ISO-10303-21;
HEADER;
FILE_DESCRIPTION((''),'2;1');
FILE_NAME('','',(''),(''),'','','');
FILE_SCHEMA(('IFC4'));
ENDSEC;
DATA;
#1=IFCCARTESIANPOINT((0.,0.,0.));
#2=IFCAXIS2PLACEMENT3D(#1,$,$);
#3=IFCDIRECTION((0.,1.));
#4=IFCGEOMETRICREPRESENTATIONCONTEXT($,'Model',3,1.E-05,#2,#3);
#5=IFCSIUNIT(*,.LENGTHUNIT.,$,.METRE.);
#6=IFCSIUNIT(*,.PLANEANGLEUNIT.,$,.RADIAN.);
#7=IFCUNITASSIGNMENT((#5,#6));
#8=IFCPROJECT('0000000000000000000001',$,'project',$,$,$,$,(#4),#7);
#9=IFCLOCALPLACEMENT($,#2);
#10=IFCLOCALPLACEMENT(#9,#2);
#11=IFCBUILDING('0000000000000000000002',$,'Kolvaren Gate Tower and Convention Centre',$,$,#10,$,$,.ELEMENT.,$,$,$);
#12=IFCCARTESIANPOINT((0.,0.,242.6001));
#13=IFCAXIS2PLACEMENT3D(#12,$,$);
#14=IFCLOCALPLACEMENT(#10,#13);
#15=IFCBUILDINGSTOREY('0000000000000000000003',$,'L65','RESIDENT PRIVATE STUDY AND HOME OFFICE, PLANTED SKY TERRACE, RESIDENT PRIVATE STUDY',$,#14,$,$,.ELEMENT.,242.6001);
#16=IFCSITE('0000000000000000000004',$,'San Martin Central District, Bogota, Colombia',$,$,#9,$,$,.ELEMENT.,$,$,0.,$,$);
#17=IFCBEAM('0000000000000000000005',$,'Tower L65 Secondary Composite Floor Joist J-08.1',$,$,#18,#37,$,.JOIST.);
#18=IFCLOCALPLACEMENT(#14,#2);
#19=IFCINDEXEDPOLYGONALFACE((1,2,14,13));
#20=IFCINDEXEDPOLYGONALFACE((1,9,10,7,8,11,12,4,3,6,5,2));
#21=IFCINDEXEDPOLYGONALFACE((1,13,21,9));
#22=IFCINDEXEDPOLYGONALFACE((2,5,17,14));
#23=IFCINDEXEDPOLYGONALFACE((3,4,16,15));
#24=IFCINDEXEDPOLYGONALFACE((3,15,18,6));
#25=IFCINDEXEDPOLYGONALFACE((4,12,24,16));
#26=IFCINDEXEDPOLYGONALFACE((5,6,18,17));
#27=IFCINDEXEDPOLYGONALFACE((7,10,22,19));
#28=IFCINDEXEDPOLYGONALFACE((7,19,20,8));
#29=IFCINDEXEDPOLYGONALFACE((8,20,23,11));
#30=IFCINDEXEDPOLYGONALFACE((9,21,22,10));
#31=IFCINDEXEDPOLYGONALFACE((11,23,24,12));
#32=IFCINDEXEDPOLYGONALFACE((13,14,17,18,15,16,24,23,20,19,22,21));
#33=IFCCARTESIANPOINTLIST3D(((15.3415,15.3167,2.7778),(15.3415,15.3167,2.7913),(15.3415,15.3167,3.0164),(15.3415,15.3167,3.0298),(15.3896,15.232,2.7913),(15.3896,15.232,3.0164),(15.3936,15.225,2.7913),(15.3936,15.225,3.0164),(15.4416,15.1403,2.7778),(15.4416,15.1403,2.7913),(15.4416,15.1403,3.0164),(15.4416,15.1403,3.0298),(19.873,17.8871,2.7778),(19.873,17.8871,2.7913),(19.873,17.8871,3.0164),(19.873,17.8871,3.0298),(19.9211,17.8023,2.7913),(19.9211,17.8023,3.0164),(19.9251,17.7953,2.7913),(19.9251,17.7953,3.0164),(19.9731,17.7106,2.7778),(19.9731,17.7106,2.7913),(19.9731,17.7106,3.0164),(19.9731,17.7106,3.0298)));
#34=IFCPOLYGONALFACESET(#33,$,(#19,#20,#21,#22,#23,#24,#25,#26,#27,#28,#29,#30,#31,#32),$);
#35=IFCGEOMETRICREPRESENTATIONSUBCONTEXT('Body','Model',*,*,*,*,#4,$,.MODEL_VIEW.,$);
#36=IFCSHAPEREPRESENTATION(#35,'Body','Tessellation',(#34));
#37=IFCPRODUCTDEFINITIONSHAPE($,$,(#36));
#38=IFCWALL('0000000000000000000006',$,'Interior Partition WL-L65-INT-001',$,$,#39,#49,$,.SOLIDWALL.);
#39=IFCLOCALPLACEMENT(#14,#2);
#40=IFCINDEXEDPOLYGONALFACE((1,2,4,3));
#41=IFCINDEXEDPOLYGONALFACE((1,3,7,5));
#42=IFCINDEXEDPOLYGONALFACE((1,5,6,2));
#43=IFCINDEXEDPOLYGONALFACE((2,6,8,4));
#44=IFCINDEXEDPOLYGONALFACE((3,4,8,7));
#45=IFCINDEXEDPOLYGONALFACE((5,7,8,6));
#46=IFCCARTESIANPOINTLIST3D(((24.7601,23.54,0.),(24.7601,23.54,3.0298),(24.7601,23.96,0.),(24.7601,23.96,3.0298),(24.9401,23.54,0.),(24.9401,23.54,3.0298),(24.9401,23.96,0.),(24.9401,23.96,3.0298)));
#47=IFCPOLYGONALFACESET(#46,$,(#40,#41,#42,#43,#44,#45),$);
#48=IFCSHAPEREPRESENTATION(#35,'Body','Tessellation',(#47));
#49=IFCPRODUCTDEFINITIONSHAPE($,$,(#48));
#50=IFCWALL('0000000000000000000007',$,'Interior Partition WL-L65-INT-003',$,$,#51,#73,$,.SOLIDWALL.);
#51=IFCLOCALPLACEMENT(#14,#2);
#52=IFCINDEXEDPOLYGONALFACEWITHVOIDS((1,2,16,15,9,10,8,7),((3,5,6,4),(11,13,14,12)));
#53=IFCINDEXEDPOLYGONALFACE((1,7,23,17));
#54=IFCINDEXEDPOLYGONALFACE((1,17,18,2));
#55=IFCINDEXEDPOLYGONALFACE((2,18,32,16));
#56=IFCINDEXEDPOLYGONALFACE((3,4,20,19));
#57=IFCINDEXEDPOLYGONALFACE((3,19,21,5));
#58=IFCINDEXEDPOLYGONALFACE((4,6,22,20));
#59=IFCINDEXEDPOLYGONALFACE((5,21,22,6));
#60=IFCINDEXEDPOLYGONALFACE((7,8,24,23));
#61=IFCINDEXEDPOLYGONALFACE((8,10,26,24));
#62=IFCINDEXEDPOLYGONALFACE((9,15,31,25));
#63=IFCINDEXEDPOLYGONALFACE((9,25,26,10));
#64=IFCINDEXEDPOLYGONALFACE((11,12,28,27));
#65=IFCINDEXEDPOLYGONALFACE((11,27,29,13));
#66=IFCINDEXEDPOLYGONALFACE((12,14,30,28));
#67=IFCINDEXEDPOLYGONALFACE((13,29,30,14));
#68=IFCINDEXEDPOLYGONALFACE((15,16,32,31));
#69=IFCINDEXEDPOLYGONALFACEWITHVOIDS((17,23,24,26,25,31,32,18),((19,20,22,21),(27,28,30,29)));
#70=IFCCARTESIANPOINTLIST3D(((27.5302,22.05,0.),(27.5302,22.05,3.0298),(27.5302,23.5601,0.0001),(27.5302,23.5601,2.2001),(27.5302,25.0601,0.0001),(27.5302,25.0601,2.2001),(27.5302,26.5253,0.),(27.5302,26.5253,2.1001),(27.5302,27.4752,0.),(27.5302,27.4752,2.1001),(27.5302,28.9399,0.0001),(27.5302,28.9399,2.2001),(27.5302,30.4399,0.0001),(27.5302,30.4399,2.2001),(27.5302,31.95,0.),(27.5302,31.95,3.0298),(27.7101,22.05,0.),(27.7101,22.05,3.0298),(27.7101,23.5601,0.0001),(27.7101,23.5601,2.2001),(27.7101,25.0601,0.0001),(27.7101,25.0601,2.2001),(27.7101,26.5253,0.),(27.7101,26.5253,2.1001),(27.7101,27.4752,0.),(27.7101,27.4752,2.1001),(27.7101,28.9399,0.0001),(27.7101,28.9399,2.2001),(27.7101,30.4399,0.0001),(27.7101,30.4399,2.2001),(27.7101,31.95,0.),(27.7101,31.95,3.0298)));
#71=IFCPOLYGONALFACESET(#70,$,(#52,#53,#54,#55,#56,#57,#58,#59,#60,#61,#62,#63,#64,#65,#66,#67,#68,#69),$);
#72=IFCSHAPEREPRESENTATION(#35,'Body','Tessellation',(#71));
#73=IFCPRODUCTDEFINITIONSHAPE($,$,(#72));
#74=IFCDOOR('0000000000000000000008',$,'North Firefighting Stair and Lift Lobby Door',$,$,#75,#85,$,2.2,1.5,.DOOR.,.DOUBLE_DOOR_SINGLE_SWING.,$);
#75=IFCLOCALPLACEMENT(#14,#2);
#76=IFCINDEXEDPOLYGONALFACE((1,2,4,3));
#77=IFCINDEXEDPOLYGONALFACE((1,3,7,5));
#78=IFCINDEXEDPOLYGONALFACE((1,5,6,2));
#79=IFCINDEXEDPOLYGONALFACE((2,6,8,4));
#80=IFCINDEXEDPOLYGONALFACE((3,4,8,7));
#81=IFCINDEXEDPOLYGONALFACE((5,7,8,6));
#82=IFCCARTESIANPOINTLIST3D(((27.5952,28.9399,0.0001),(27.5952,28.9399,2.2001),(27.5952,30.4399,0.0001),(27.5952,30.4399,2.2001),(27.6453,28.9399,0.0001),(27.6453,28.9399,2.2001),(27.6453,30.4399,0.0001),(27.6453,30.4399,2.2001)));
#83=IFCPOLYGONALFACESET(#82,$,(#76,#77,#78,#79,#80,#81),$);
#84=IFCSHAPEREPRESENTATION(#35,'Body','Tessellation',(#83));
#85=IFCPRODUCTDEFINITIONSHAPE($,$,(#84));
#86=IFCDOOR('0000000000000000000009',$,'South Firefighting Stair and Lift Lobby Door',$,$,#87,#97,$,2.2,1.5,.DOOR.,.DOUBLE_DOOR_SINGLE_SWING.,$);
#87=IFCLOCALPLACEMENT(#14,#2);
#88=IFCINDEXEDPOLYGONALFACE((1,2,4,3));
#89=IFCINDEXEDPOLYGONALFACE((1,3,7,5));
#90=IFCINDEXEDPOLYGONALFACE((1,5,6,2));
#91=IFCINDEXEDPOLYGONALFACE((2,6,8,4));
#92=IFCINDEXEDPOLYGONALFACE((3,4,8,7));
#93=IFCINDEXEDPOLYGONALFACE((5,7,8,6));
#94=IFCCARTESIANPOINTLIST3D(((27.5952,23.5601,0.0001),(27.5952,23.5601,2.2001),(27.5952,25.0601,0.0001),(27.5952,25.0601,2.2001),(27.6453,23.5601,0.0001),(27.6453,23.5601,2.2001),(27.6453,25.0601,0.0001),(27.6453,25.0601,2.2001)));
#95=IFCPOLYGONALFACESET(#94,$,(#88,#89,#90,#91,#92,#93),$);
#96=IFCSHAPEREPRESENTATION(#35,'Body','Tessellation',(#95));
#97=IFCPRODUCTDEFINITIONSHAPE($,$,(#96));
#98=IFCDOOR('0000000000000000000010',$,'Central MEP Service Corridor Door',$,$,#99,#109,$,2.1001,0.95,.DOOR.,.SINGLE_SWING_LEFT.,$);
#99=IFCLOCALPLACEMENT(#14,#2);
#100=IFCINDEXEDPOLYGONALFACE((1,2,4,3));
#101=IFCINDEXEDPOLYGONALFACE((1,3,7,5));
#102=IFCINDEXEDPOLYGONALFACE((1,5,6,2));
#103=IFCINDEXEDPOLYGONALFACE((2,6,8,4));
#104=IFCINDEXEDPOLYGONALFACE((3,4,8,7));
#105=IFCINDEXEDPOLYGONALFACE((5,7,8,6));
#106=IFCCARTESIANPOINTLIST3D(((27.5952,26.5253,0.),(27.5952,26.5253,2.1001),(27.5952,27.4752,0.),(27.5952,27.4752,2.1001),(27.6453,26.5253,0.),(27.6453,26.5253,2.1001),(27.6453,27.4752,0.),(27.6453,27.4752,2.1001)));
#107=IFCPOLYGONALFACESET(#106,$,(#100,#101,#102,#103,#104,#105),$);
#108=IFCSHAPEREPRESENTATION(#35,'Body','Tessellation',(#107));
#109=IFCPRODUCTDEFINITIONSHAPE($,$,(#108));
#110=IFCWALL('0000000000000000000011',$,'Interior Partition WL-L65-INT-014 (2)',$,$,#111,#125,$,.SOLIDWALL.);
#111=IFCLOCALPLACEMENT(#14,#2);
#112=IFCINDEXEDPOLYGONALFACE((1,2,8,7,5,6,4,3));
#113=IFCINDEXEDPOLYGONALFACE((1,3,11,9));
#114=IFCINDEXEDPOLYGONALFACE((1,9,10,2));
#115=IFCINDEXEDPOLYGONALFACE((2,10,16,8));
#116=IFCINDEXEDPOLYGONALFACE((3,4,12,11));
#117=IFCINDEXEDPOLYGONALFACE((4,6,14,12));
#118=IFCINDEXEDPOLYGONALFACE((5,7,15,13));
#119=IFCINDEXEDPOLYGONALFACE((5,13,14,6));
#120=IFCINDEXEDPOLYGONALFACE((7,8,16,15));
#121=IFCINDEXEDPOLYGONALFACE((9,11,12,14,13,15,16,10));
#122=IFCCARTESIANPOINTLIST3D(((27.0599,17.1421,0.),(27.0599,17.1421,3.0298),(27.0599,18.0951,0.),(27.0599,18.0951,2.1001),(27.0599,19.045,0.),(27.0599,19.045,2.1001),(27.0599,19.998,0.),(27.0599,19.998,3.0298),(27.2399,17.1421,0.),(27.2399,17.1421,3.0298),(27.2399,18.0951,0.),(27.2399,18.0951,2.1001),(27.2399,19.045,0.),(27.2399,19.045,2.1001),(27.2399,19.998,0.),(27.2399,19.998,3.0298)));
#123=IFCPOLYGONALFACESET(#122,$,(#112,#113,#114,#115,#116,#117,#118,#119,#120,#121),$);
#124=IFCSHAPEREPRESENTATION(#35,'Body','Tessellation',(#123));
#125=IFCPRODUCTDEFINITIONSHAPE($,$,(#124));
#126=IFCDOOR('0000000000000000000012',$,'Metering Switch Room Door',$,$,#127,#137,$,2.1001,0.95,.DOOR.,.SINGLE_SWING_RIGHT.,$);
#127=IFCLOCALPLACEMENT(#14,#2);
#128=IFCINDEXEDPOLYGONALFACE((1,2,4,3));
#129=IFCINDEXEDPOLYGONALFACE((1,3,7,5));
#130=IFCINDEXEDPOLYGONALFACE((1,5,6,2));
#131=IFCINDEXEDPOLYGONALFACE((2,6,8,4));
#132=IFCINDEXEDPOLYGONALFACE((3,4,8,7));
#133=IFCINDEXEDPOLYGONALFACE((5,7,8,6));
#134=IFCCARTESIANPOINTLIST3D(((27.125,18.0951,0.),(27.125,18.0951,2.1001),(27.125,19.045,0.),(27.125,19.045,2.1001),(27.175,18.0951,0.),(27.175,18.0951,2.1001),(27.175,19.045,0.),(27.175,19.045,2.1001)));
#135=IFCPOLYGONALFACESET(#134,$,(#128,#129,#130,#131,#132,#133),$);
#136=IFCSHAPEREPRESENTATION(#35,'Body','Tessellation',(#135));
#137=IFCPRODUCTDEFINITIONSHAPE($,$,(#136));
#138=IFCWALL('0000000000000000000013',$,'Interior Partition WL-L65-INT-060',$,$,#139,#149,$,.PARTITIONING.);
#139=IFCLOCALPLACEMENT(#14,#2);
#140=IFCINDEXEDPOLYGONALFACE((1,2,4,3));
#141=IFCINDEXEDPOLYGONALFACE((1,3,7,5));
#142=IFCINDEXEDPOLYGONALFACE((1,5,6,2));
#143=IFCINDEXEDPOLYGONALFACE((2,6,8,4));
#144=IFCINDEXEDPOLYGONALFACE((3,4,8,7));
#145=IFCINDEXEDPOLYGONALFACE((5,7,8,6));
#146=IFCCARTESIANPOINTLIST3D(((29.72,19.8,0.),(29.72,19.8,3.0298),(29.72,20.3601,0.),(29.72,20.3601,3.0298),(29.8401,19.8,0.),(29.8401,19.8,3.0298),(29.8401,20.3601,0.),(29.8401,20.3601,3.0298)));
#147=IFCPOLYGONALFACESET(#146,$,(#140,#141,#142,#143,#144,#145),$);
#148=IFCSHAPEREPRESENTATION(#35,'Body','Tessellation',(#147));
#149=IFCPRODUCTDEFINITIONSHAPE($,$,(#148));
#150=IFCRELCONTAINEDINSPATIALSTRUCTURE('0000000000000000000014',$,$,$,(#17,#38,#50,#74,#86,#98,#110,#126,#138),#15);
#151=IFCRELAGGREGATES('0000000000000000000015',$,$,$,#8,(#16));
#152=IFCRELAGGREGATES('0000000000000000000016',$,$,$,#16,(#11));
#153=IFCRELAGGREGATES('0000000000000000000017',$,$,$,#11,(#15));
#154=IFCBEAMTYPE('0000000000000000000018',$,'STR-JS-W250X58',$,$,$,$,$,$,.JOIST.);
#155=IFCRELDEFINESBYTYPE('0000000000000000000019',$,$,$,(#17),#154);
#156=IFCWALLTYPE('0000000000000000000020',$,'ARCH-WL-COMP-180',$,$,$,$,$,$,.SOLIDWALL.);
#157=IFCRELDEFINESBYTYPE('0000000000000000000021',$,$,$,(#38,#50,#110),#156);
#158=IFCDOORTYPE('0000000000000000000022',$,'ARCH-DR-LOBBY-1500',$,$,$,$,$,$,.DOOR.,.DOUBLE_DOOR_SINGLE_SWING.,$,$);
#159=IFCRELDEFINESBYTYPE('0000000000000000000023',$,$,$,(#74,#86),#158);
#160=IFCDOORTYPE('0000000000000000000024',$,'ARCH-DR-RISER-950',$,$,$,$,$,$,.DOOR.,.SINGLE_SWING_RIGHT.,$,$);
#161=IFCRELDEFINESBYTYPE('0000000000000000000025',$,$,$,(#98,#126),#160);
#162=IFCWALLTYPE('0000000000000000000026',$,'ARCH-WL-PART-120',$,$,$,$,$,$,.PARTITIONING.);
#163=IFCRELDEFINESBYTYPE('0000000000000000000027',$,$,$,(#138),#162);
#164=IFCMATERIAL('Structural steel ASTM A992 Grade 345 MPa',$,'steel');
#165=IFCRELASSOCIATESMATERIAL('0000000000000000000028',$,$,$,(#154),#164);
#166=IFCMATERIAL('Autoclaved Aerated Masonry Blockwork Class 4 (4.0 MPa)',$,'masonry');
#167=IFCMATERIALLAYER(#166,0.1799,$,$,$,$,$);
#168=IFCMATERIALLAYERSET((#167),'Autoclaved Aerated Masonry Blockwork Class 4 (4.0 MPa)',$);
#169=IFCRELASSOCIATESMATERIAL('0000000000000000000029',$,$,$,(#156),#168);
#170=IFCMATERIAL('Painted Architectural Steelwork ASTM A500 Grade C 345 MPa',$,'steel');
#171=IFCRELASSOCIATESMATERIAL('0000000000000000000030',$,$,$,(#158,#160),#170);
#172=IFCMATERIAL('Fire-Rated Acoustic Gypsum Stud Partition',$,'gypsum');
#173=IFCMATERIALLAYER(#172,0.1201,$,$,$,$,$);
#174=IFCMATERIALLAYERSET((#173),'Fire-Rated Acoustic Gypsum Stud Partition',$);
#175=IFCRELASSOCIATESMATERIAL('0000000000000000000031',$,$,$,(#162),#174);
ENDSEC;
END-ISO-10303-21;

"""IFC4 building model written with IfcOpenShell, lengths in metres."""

from ifc_helpers import new_model, si_unit, direction, frame, frame_2d, origin, origin_2d, place, context, subcontext, project, spatial, rectangle, i_section, extrude, material, layer, layer_set, material_profile, profile_set, type_object, element, fill, save


model = new_model("IFC4")

# Units and contexts
model_context = context("Model", 3, precision=1e-05, world=origin(), true_north=direction((0.0, 1.0)))
body_context = subcontext(model_context, "Body", "Model", "MODEL_VIEW")
ifc_project = project(units=[si_unit("LENGTHUNIT", "METRE"), si_unit("PLANEANGLEUNIT", "RADIAN")], contexts=[model_context])

# Site, building, storey
site_placement = place(None, origin())
site = spatial("IfcSite", under=ifc_project, at=site_placement, Name="San Martin Central District, Bogota, Colombia", CompositionType="ELEMENT", RefElevation=0.0)
building_placement = place(site_placement, origin())
building = spatial("IfcBuilding", under=site, at=building_placement, Name="Kolvaren Gate Tower and Convention Centre", CompositionType="ELEMENT")
storey_placement = place(building_placement, frame((0.0, 0.0, 242.6001)))
storey = spatial("IfcBuildingStorey", under=building, at=storey_placement, Name="L65", Description="RESIDENT PRIVATE STUDY AND HOME OFFICE, PLANTED SKY TERRACE, RESIDENT PRIVATE STUDY", CompositionType="ELEMENT", Elevation=242.6001)

# Beam
ifc_material_1 = material(Name="Structural steel ASTM A992 Grade 345 MPa", Category="steel")
ifc_material_profile = material_profile(ifc_material_1, i_section(OverallWidth=0.2029, OverallDepth=0.252, WebThickness=0.0081, FlangeThickness=0.0134, at=origin_2d()), Name="W250X58")
ifc_profile_set = profile_set([ifc_material_profile], Name="Structural steel ASTM A992 Grade 345 MPa")
beam_type = type_object("IfcBeamType", Name="STR-JS-W250X58", PredefinedType="JOIST", material=ifc_profile_set)
beam_placement = place(storey_placement, frame((19.9231, 17.7988, 2.9038), z_axis=(-0.869819, -0.493371, 0.0), x_axis=(0.493371, -0.869819, 0.0)))
element("IfcBeam", 1, at=beam_placement, inside=storey, type_object=beam_type, Name="Tower L65 Secondary Composite Floor Joist J-08.1", PredefinedType="JOIST", context=body_context, shape_type="SweptSolid", body=[
    extrude(i_section(OverallWidth=0.2029, OverallDepth=0.252, WebThickness=0.0081, FlangeThickness=0.0134, at=origin_2d()), origin(), (0.0, 0.0, 1.0), 5.2097),
])

# Wall
ifc_material_2 = material(Name="Autoclaved Aerated Masonry Blockwork Class 4 (4.0 MPa)", Category="masonry")
ifc_layer_1 = layer(ifc_material_2, 0.1799)
ifc_layer_set_1 = layer_set([ifc_layer_1], Name="Autoclaved Aerated Masonry Blockwork Class 4 (4.0 MPa)")
wall_type_1 = type_object("IfcWallType", Name="ARCH-WL-COMP-180", PredefinedType="SOLIDWALL", material=ifc_layer_set_1)
wall_1_placement = place(storey_placement, frame((24.8501, 23.54, 0.0), z_axis=(0.0, 0.0, 1.0), x_axis=(0.0, 1.0, 0.0)))
element("IfcWall", 2, at=wall_1_placement, inside=storey, type_object=wall_type_1, Name="Interior Partition WL-L65-INT-001", PredefinedType="SOLIDWALL", context=body_context, shape_type="SweptSolid", body=[
    extrude(rectangle(XDim=0.4199, YDim=0.1799, at=frame_2d((0.21, 0.0))), origin(), (0.0, 0.0, 1.0), 3.0298),
])

# Wall, openings, doors
wall_2_placement = place(storey_placement, frame((27.6201, 22.05, 0.0), z_axis=(0.0, 0.0, 1.0), x_axis=(0.0, 1.0, 0.0)))
wall_2 = element("IfcWall", 3, at=wall_2_placement, inside=storey, type_object=wall_type_1, Name="Interior Partition WL-L65-INT-003", PredefinedType="SOLIDWALL", context=body_context, shape_type="SweptSolid", body=[
    extrude(rectangle(XDim=9.8999, YDim=0.1799, at=frame_2d((4.95, 0.0))), origin(), (0.0, 0.0, 1.0), 3.0298),
])
opening_1_placement = place(wall_2_placement, frame((4.4751, 0.0, 0.0)))
opening_1 = element("IfcOpeningElement", 4, at=opening_1_placement, cuts=wall_2, PredefinedType="OPENING", context=body_context, shape_type="SweptSolid", body=[
    extrude(rectangle(XDim=0.95, YDim=2.1001, at=frame_2d((0.4751, 1.05))), frame((0.0, 0.0999, 0.0), z_axis=(0.0, -1.0, 0.0), x_axis=(1.0, 0.0, 0.0)), (0.0, 0.0, 1.0), 0.2),
])
opening_2_placement = place(wall_2_placement, frame((6.8899, 0.0, 0.0)))
opening_2 = element("IfcOpeningElement", 5, at=opening_2_placement, cuts=wall_2, PredefinedType="OPENING", context=body_context, shape_type="SweptSolid", body=[
    extrude(rectangle(XDim=1.5, YDim=2.2, at=frame_2d((0.75, 1.1001))), frame((0.0, 0.0999, 0.0), z_axis=(0.0, -1.0, 0.0), x_axis=(1.0, 0.0, 0.0)), (0.0, 0.0, 1.0), 0.2),
])
opening_3_placement = place(wall_2_placement, frame((1.51, 0.0, 0.0)))
opening_3 = element("IfcOpeningElement", 6, at=opening_3_placement, cuts=wall_2, PredefinedType="OPENING", context=body_context, shape_type="SweptSolid", body=[
    extrude(rectangle(XDim=1.5, YDim=2.2, at=frame_2d((0.75, 1.1001))), frame((0.0, 0.0999, 0.0), z_axis=(0.0, -1.0, 0.0), x_axis=(1.0, 0.0, 0.0)), (0.0, 0.0, 1.0), 0.2),
])
ifc_material_3 = material(Name="Painted Architectural Steelwork ASTM A500 Grade C 345 MPa", Category="steel")
door_type_1 = type_object("IfcDoorType", Name="ARCH-DR-LOBBY-1500", OperationType="DOUBLE_DOOR_SINGLE_SWING", PredefinedType="DOOR", material=ifc_material_3)
door_1_placement = place(opening_2_placement, origin())
door_1 = element("IfcDoor", 7, at=door_1_placement, inside=storey, type_object=door_type_1, Name="North Firefighting Stair and Lift Lobby Door", OperationType="DOUBLE_DOOR_SINGLE_SWING", OverallHeight=2.2, OverallWidth=1.5, PredefinedType="DOOR", context=body_context, shape_type="SweptSolid", body=[
    extrude(rectangle(XDim=1.5, YDim=2.2, at=frame_2d((0.75, 1.1001))), frame((0.0, 0.0249, 0.0), z_axis=(0.0, -1.0, 0.0), x_axis=(1.0, 0.0, 0.0)), (0.0, 0.0, 1.0), 0.05),
])
fill(opening_2, door_1)
door_2_placement = place(opening_3_placement, origin())
door_2 = element("IfcDoor", 8, at=door_2_placement, inside=storey, type_object=door_type_1, Name="South Firefighting Stair and Lift Lobby Door", OperationType="DOUBLE_DOOR_SINGLE_SWING", OverallHeight=2.2, OverallWidth=1.5, PredefinedType="DOOR", context=body_context, shape_type="SweptSolid", body=[
    extrude(rectangle(XDim=1.5, YDim=2.2, at=frame_2d((0.75, 1.1001))), frame((0.0, 0.0249, 0.0), z_axis=(0.0, -1.0, 0.0), x_axis=(1.0, 0.0, 0.0)), (0.0, 0.0, 1.0), 0.05),
])
fill(opening_3, door_2)
door_type_2 = type_object("IfcDoorType", Name="ARCH-DR-RISER-950", OperationType="SINGLE_SWING_RIGHT", PredefinedType="DOOR", material=ifc_material_3)
door_3_placement = place(opening_1_placement, origin())
door_3 = element("IfcDoor", 9, at=door_3_placement, inside=storey, type_object=door_type_2, Name="Central MEP Service Corridor Door", OperationType="SINGLE_SWING_LEFT", OverallHeight=2.1001, OverallWidth=0.95, PredefinedType="DOOR", context=body_context, shape_type="SweptSolid", body=[
    extrude(rectangle(XDim=0.95, YDim=2.1001, at=frame_2d((0.4751, 1.05))), frame((0.0, 0.0249, 0.0), z_axis=(0.0, -1.0, 0.0), x_axis=(1.0, 0.0, 0.0)), (0.0, 0.0, 1.0), 0.05),
])
fill(opening_1, door_3)

# Wall, opening, door
wall_3_placement = place(storey_placement, frame((27.1499, 17.1421, 0.0), z_axis=(0.0, 0.0, 1.0), x_axis=(0.0, 1.0, 0.0)))
wall_3 = element("IfcWall", 10, at=wall_3_placement, inside=storey, type_object=wall_type_1, Name="Interior Partition WL-L65-INT-014 (2)", PredefinedType="SOLIDWALL", context=body_context, shape_type="SweptSolid", body=[
    extrude(rectangle(XDim=2.856, YDim=0.1799, at=frame_2d((1.428, 0.0))), origin(), (0.0, 0.0, 1.0), 3.0298),
])
opening_4_placement = place(wall_3_placement, frame((0.9529, 0.0, 0.0)))
opening_4 = element("IfcOpeningElement", 11, at=opening_4_placement, cuts=wall_3, PredefinedType="OPENING", context=body_context, shape_type="SweptSolid", body=[
    extrude(rectangle(XDim=0.95, YDim=2.1001, at=frame_2d((0.4751, 1.05))), frame((0.0, 0.0999, 0.0), z_axis=(0.0, -1.0, 0.0), x_axis=(1.0, 0.0, 0.0)), (0.0, 0.0, 1.0), 0.2),
])
door_4_placement = place(opening_4_placement, origin())
door_4 = element("IfcDoor", 12, at=door_4_placement, inside=storey, type_object=door_type_2, Name="Metering Switch Room Door", OperationType="SINGLE_SWING_RIGHT", OverallHeight=2.1001, OverallWidth=0.95, PredefinedType="DOOR", context=body_context, shape_type="SweptSolid", body=[
    extrude(rectangle(XDim=0.95, YDim=2.1001, at=frame_2d((0.4751, 1.05))), frame((0.0, 0.0249, 0.0), z_axis=(0.0, -1.0, 0.0), x_axis=(1.0, 0.0, 0.0)), (0.0, 0.0, 1.0), 0.05),
])
fill(opening_4, door_4)

# Wall
ifc_material_4 = material(Name="Fire-Rated Acoustic Gypsum Stud Partition", Category="gypsum")
ifc_layer_2 = layer(ifc_material_4, 0.1201)
ifc_layer_set_2 = layer_set([ifc_layer_2], Name="Fire-Rated Acoustic Gypsum Stud Partition")
wall_type_2 = type_object("IfcWallType", Name="ARCH-WL-PART-120", PredefinedType="PARTITIONING", material=ifc_layer_set_2)
wall_4_placement = place(storey_placement, frame((29.78, 19.8, 0.0), z_axis=(0.0, 0.0, 1.0), x_axis=(0.0, 1.0, 0.0)))
element("IfcWall", 13, at=wall_4_placement, inside=storey, type_object=wall_type_2, Name="Interior Partition WL-L65-INT-060", PredefinedType="PARTITIONING", context=body_context, shape_type="SweptSolid", body=[
    extrude(rectangle(XDim=0.5601, YDim=0.1201, at=frame_2d((0.28, 0.0))), origin(), (0.0, 0.0, 1.0), 3.0298),
])

save(model, "model.ifc")
